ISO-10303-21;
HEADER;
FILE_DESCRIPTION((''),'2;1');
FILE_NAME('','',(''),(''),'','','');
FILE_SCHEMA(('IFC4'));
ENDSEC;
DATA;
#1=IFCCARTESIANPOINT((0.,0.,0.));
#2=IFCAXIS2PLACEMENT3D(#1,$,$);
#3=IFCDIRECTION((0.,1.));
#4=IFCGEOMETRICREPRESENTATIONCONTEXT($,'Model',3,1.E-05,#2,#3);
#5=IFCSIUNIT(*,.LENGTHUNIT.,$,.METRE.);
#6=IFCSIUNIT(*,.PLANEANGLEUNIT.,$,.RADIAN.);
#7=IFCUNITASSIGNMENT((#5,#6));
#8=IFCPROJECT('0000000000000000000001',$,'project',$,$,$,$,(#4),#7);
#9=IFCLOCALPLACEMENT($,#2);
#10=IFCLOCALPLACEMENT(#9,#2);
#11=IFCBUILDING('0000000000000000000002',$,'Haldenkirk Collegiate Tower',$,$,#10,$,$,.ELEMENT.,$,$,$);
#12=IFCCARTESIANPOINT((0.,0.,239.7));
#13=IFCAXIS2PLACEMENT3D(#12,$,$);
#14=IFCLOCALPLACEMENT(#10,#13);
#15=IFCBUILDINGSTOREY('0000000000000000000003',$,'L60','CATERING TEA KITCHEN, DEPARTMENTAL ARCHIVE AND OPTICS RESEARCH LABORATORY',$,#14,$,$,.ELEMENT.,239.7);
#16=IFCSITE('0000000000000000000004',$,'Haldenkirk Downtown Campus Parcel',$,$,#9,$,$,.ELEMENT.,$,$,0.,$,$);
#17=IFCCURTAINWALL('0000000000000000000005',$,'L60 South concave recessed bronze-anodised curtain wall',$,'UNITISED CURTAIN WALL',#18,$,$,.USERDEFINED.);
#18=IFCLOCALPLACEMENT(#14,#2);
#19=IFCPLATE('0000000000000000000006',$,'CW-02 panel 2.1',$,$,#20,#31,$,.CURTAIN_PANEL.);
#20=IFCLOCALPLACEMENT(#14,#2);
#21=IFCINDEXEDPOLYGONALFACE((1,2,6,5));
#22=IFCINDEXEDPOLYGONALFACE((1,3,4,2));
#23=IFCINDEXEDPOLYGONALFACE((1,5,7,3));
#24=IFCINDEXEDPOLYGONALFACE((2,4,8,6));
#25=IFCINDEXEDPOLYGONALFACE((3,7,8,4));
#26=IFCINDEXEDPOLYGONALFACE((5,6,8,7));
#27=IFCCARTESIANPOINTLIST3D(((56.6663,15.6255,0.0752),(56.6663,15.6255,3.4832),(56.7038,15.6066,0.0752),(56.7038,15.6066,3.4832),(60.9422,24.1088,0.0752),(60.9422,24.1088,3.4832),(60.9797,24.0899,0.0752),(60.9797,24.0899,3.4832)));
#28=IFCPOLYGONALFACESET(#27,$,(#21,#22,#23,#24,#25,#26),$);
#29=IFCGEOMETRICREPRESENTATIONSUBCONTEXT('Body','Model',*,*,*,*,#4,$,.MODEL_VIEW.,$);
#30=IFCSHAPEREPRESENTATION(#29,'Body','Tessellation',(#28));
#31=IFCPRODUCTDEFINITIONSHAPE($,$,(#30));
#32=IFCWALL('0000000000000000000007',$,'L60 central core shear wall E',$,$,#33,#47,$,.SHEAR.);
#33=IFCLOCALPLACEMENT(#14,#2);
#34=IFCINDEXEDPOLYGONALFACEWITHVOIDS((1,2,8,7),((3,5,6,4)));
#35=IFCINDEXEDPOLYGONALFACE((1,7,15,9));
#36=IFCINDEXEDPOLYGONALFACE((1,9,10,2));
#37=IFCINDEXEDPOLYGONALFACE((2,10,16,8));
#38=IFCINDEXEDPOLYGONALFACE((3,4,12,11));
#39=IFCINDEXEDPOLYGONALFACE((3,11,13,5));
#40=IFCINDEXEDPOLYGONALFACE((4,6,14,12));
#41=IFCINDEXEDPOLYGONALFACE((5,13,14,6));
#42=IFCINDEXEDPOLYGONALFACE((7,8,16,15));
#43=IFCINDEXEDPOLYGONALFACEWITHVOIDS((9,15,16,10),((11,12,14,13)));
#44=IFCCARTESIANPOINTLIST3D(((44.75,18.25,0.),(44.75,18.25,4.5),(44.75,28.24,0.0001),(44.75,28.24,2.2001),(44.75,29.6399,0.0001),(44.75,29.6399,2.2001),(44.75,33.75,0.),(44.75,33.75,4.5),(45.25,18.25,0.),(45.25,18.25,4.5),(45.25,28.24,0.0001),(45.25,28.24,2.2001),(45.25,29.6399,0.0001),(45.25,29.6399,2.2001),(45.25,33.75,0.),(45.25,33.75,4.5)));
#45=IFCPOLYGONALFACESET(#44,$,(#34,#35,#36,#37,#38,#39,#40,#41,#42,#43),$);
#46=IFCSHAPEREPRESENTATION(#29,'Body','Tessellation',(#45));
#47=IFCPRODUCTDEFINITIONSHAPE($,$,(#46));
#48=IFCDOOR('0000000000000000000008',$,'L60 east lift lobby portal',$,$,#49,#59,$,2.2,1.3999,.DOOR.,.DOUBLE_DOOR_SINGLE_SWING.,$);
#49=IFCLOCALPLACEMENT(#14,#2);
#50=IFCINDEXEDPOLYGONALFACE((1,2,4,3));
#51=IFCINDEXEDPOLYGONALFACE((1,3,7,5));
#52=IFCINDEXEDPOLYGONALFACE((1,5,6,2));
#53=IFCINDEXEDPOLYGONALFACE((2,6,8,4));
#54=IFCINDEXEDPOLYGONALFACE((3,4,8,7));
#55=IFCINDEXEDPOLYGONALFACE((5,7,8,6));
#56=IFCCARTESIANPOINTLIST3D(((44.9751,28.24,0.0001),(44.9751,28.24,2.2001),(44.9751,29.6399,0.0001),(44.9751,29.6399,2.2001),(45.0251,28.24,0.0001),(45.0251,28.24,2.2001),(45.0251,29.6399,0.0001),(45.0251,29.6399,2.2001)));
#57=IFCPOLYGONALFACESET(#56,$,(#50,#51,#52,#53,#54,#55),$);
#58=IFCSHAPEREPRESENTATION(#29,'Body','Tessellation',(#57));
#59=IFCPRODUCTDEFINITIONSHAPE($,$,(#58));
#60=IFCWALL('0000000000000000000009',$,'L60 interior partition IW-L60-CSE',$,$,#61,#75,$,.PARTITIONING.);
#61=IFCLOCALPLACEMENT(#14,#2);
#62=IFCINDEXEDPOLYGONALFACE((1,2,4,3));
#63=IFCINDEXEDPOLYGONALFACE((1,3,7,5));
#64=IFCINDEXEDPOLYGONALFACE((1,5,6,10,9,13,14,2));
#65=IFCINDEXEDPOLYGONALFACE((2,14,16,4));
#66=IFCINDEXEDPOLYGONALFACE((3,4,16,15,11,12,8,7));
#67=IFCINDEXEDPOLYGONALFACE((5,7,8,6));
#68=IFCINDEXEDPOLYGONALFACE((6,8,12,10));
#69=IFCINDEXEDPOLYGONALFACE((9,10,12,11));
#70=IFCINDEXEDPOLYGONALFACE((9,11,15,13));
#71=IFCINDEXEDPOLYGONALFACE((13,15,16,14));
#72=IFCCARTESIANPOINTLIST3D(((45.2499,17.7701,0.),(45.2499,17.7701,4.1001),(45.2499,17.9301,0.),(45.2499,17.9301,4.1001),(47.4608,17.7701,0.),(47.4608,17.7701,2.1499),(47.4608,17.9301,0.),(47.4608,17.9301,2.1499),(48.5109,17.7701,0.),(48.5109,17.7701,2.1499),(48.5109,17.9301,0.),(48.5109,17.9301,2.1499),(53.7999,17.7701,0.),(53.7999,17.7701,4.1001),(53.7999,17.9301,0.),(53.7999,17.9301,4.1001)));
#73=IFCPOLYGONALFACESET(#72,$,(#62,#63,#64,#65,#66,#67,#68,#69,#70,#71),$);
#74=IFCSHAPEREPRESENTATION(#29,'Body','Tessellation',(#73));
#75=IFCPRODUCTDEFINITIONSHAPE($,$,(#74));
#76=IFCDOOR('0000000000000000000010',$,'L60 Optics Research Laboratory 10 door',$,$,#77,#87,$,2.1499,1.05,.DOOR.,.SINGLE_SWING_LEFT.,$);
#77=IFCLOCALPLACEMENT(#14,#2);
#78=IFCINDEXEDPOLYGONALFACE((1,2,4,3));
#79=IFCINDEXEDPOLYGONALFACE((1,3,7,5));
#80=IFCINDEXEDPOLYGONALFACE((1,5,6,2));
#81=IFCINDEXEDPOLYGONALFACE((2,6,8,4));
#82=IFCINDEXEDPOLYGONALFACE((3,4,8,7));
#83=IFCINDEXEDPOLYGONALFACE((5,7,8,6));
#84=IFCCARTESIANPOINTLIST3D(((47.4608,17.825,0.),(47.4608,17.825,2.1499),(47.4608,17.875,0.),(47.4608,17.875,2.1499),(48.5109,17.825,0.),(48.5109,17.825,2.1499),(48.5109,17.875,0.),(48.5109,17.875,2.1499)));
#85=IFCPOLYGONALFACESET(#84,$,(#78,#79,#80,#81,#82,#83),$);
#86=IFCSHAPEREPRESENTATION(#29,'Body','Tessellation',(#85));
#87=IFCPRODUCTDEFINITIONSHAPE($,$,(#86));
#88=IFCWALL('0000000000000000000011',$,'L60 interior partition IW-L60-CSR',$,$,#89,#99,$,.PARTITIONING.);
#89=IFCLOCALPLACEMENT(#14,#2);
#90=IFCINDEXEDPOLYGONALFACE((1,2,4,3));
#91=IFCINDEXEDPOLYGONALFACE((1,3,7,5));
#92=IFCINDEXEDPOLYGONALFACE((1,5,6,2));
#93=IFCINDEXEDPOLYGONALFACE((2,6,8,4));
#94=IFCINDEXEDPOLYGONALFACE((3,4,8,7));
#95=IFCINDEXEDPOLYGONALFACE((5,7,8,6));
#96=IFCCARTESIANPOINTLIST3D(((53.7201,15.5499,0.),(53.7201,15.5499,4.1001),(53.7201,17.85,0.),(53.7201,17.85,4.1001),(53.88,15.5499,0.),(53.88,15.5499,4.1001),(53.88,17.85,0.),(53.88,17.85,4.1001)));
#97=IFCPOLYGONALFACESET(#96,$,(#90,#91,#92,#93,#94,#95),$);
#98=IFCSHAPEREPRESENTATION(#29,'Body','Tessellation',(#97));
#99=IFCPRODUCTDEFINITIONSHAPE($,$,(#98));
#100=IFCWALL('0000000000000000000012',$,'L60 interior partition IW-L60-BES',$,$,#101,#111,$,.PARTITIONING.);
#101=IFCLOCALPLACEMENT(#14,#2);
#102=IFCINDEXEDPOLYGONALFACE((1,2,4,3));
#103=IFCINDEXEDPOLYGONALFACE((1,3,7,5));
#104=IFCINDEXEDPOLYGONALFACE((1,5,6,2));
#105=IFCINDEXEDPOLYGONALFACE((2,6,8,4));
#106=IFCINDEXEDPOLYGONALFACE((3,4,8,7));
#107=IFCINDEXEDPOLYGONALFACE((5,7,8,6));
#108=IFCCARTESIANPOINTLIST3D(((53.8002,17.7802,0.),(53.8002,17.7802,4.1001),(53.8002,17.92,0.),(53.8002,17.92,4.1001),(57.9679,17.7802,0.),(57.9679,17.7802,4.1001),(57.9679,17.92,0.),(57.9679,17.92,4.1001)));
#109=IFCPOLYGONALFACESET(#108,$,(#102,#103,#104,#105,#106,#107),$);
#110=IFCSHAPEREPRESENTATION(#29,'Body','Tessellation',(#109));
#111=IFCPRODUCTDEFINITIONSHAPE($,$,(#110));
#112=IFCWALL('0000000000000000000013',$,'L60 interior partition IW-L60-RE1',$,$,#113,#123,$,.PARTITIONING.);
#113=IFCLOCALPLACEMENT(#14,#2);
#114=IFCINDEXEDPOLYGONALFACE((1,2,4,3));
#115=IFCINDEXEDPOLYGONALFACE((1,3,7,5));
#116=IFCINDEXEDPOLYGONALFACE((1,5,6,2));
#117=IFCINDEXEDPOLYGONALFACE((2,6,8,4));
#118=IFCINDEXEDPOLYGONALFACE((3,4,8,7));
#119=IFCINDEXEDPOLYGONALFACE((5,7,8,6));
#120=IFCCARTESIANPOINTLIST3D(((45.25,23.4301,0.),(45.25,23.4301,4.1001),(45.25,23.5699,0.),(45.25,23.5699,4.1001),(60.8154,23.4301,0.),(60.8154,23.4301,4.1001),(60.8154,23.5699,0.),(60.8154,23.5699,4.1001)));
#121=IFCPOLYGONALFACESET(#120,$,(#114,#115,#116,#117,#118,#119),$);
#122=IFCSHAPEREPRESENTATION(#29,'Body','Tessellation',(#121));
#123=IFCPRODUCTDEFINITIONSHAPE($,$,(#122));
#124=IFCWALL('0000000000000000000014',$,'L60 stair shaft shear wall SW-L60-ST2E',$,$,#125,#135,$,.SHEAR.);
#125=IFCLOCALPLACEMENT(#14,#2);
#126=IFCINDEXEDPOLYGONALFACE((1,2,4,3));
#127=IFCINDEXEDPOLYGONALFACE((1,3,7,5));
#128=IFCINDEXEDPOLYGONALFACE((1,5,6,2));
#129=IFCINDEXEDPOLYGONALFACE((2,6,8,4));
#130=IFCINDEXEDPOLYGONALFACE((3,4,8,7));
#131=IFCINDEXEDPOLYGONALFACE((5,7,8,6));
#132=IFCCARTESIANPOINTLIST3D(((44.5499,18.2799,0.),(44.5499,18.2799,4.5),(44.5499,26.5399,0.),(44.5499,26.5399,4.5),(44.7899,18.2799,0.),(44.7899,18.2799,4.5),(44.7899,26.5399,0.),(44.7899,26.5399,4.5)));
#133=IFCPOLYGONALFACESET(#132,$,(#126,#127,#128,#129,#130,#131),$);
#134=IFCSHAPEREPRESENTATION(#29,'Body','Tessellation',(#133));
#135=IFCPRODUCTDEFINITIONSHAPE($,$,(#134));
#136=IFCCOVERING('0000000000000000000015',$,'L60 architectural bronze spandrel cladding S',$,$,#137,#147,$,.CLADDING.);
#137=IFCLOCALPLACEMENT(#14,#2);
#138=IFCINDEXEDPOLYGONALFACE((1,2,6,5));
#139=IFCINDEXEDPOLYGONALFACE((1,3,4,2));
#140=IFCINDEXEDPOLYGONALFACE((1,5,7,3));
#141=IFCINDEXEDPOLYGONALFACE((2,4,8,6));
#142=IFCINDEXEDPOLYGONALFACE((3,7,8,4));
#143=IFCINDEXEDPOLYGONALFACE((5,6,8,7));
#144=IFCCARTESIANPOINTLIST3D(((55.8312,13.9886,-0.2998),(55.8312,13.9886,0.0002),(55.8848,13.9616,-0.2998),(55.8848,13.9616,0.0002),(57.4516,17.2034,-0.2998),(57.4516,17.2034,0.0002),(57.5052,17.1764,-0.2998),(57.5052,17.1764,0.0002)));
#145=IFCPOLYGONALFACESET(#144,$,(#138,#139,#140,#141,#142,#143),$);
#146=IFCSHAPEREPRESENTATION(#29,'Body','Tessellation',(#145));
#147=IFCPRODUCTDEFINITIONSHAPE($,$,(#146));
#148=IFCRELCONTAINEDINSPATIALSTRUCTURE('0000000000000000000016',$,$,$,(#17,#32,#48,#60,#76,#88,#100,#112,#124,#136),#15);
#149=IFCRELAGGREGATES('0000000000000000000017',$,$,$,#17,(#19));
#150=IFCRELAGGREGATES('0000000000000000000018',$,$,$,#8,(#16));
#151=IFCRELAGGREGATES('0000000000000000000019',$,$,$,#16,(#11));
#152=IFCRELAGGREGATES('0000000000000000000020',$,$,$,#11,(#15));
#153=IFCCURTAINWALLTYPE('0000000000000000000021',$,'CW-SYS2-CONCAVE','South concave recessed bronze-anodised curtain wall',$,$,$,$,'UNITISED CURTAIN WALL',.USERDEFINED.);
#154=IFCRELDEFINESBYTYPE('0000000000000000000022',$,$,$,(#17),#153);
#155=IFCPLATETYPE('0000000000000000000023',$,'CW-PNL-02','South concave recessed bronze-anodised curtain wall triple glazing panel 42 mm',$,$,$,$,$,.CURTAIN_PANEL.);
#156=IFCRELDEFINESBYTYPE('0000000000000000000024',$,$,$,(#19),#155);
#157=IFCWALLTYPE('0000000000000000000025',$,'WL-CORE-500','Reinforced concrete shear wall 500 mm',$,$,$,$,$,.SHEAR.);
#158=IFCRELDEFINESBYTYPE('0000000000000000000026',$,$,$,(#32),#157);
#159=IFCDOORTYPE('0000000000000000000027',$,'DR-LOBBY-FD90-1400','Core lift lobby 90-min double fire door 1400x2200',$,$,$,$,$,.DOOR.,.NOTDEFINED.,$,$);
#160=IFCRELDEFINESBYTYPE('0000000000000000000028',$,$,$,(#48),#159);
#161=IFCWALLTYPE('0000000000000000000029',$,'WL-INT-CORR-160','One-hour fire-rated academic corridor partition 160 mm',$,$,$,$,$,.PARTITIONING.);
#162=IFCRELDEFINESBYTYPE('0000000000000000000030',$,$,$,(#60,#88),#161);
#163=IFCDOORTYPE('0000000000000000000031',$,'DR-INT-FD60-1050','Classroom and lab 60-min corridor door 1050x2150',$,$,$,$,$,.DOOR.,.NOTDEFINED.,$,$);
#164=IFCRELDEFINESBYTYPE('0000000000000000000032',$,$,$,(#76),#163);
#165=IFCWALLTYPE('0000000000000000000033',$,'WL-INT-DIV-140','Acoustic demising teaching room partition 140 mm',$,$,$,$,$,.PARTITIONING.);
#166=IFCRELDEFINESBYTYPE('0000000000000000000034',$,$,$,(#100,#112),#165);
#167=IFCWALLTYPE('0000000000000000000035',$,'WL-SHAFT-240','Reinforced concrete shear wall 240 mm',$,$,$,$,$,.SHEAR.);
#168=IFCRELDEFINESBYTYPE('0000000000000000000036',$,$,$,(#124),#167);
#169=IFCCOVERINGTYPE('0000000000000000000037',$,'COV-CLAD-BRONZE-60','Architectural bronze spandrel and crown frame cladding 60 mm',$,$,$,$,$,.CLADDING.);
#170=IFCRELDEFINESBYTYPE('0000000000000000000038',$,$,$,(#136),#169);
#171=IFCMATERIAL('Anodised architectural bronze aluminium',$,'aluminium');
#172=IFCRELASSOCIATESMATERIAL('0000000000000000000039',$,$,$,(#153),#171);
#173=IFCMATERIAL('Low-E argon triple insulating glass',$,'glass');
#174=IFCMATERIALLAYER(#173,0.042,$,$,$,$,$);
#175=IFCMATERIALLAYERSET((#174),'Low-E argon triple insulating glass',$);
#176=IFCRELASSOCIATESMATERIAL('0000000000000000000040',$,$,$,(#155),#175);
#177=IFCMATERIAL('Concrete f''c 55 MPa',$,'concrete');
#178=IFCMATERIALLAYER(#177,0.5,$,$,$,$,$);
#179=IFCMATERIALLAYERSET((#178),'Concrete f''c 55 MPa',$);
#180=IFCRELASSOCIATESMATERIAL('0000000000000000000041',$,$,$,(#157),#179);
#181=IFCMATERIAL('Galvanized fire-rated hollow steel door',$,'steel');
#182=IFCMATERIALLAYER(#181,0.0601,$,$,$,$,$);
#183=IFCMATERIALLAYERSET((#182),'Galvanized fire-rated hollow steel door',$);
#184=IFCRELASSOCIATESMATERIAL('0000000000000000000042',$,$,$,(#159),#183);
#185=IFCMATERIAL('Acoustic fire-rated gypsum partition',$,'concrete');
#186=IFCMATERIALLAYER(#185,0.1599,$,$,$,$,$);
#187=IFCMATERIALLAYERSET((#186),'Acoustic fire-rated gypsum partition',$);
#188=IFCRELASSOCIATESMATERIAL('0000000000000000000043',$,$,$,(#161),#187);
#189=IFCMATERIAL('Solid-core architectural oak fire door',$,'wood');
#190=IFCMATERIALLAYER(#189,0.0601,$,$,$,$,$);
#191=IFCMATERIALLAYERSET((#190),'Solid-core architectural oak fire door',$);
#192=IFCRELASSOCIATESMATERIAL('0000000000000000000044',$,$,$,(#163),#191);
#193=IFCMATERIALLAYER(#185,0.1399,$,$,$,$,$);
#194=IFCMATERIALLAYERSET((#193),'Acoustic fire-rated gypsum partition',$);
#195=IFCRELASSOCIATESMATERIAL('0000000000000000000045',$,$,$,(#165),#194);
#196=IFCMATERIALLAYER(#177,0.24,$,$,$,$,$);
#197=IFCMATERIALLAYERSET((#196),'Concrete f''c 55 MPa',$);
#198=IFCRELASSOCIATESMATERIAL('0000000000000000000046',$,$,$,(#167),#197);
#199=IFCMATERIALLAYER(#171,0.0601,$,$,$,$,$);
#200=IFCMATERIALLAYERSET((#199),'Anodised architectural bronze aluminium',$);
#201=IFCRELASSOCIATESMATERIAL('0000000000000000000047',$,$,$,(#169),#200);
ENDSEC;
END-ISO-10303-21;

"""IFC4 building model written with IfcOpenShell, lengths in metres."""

from ifc_helpers import new_model, si_unit, direction, frame, frame_2d, origin, origin_2d, place, context, subcontext, project, spatial, rectangle, extrude, source, transform, mapped, material, layer, layer_set, type_object, element, fill, aggregate, save


model = new_model("IFC4")

# Units and contexts
model_context = context("Model", 3, precision=1e-05, world=origin(), true_north=direction((0.0, 1.0)))
body_context = subcontext(model_context, "Body", "Model", "MODEL_VIEW")
ifc_project = project(units=[si_unit("LENGTHUNIT", "METRE"), si_unit("PLANEANGLEUNIT", "RADIAN")], contexts=[model_context])

# Site, building, storey
site_placement = place(None, origin())
site = spatial("IfcSite", under=ifc_project, at=site_placement, Name="Haldenkirk Downtown Campus Parcel", CompositionType="ELEMENT", RefElevation=0.0)
building_placement = place(site_placement, origin())
building = spatial("IfcBuilding", under=site, at=building_placement, Name="Haldenkirk Collegiate Tower", CompositionType="ELEMENT")
storey_placement = place(building_placement, frame((0.0, 0.0, 239.7)))
storey = spatial("IfcBuildingStorey", under=building, at=storey_placement, Name="L60", Description="CATERING TEA KITCHEN, DEPARTMENTAL ARCHIVE AND OPTICS RESEARCH LABORATORY", CompositionType="ELEMENT", Elevation=239.7)

# Curtain wall, plate
ifc_material_1 = material(Name="Anodised architectural bronze aluminium", Category="aluminium")
curtain_wall_type = type_object("IfcCurtainWallType", Name="CW-SYS2-CONCAVE", Description="South concave recessed bronze-anodised curtain wall", ElementType="UNITISED CURTAIN WALL", PredefinedType="USERDEFINED", material=ifc_material_1)
curtain_wall_placement = place(storey_placement, origin())
curtain_wall = element("IfcCurtainWall", 1, at=curtain_wall_placement, inside=storey, type_object=curtain_wall_type, Name="L60 South concave recessed bronze-anodised curtain wall", ObjectType="UNITISED CURTAIN WALL", PredefinedType="USERDEFINED")
ifc_material_2 = material(Name="Low-E argon triple insulating glass", Category="glass")
ifc_layer_1 = layer(ifc_material_2, 0.042)
ifc_layer_set_1 = layer_set([ifc_layer_1], Name="Low-E argon triple insulating glass")
plate_type = type_object("IfcPlateType", Name="CW-PNL-02", Description="South concave recessed bronze-anodised curtain wall triple glazing panel 42 mm", PredefinedType="CURTAIN_PANEL", material=ifc_layer_set_1)
shared_shape_1 = source(origin(), body_context, "Body", "SweptSolid", [
    extrude(rectangle(XDim=9.5, YDim=0.042, at=origin_2d()), origin(), (0.0, 0.0, 1.0), 3.408),
])
plate_placement = place(storey_placement, frame((58.823, 19.8577, 0.0752), z_axis=(0.0, 0.0, 1.0), x_axis=(-0.450097, -0.89298, 0.0)))
plate = element("IfcPlate", 2, at=plate_placement, type_object=plate_type, Name="CW-02 panel 2.1", PredefinedType="CURTAIN_PANEL", context=body_context, shape_type="MappedRepresentation", body=[
    mapped(shared_shape_1, transform((0.0, 0.0, 0.0), x_axis=(1.0, 0.0, 0.0), y_axis=(0.0, 1.0, 0.0), z_axis=(0.0, 0.0, 1.0), scale=1.0)),
])
aggregate(curtain_wall, [plate])

# Walls, openings, doors
ifc_material_3 = material(Name="Concrete f'c 55 MPa", Category="concrete")
ifc_layer_2 = layer(ifc_material_3, 0.5)
ifc_layer_set_2 = layer_set([ifc_layer_2], Name="Concrete f'c 55 MPa")
wall_type_1 = type_object("IfcWallType", Name="WL-CORE-500", Description="Reinforced concrete shear wall 500 mm", PredefinedType="SHEAR", material=ifc_layer_set_2)
wall_1_placement = place(storey_placement, frame((45.0, 18.25, 0.0), z_axis=(0.0, 0.0, 1.0), x_axis=(0.0, 1.0, 0.0)))
wall_1 = element("IfcWall", 3, at=wall_1_placement, inside=storey, type_object=wall_type_1, Name="L60 central core shear wall E", PredefinedType="SHEAR", context=body_context, shape_type="SweptSolid", body=[
    extrude(rectangle(XDim=15.5, YDim=0.5, at=frame_2d((7.75, 0.0))), origin(), (0.0, 0.0, 1.0), 4.5),
])
opening_1_placement = place(wall_1_placement, frame((9.99, 0.0, 0.0)))
opening_1 = element("IfcOpeningElement", 4, at=opening_1_placement, cuts=wall_1, PredefinedType="OPENING", context=body_context, shape_type="SweptSolid", body=[
    extrude(rectangle(XDim=1.3999, YDim=2.2, at=frame_2d((0.7, 1.1001))), frame((0.0, 0.26, 0.0), z_axis=(0.0, -1.0, 0.0), x_axis=(1.0, 0.0, 0.0)), (0.0, 0.0, 1.0), 0.52),
])
ifc_material_4 = material(Name="Galvanized fire-rated hollow steel door", Category="steel")
ifc_layer_3 = layer(ifc_material_4, 0.0601)
ifc_layer_set_3 = layer_set([ifc_layer_3], Name="Galvanized fire-rated hollow steel door")
door_type_1 = type_object("IfcDoorType", Name="DR-LOBBY-FD90-1400", Description="Core lift lobby 90-min double fire door 1400x2200", OperationType="NOTDEFINED", PredefinedType="DOOR", material=ifc_layer_set_3)
door_1_placement = place(opening_1_placement, origin())
door_1 = element("IfcDoor", 5, at=door_1_placement, inside=storey, type_object=door_type_1, Name="L60 east lift lobby portal", OperationType="DOUBLE_DOOR_SINGLE_SWING", OverallHeight=2.2, OverallWidth=1.3999, PredefinedType="DOOR", context=body_context, shape_type="SweptSolid", body=[
    extrude(rectangle(XDim=1.3999, YDim=2.2, at=frame_2d((0.7, 1.1001))), frame((0.0, 0.0249, 0.0), z_axis=(0.0, -1.0, 0.0), x_axis=(1.0, 0.0, 0.0)), (0.0, 0.0, 1.0), 0.05),
])
fill(opening_1, door_1)
ifc_material_5 = material(Name="Acoustic fire-rated gypsum partition", Category="concrete")
ifc_layer_4 = layer(ifc_material_5, 0.1599)
ifc_layer_set_4 = layer_set([ifc_layer_4], Name="Acoustic fire-rated gypsum partition")
wall_type_2 = type_object("IfcWallType", Name="WL-INT-CORR-160", Description="One-hour fire-rated academic corridor partition 160 mm", PredefinedType="PARTITIONING", material=ifc_layer_set_4)
wall_2_placement = place(storey_placement, frame((45.25, 17.8501, 0.0), z_axis=(0.0, 0.0, 1.0), x_axis=(1.0, 0.0, 0.0)))
wall_2 = element("IfcWall", 6, at=wall_2_placement, inside=storey, type_object=wall_type_2, Name="L60 interior partition IW-L60-CSE", PredefinedType="PARTITIONING", context=body_context, shape_type="SweptSolid", body=[
    extrude(rectangle(XDim=8.55, YDim=0.1599, at=frame_2d((4.2749, 0.0))), origin(), (0.0, 0.0, 1.0), 4.1001),
])
opening_2_placement = place(wall_2_placement, frame((2.2109, 0.0, 0.0)))
opening_2 = element("IfcOpeningElement", 7, at=opening_2_placement, cuts=wall_2, PredefinedType="OPENING", context=body_context, shape_type="SweptSolid", body=[
    extrude(rectangle(XDim=1.05, YDim=2.1499, at=frame_2d((0.5249, 1.075))), frame((0.0, 0.0898, 0.0), z_axis=(0.0, -1.0, 0.0), x_axis=(1.0, 0.0, 0.0)), (0.0, 0.0, 1.0), 0.1799),
])
ifc_material_6 = material(Name="Solid-core architectural oak fire door", Category="wood")
ifc_layer_5 = layer(ifc_material_6, 0.0601)
ifc_layer_set_5 = layer_set([ifc_layer_5], Name="Solid-core architectural oak fire door")
door_type_2 = type_object("IfcDoorType", Name="DR-INT-FD60-1050", Description="Classroom and lab 60-min corridor door 1050x2150", OperationType="NOTDEFINED", PredefinedType="DOOR", material=ifc_layer_set_5)
door_2_placement = place(opening_2_placement, origin())
door_2 = element("IfcDoor", 8, at=door_2_placement, inside=storey, type_object=door_type_2, Name="L60 Optics Research Laboratory 10 door", OperationType="SINGLE_SWING_LEFT", OverallHeight=2.1499, OverallWidth=1.05, PredefinedType="DOOR", context=body_context, shape_type="SweptSolid", body=[
    extrude(rectangle(XDim=1.05, YDim=2.1499, at=frame_2d((0.5249, 1.075))), frame((0.0, 0.0249, 0.0), z_axis=(0.0, -1.0, 0.0), x_axis=(1.0, 0.0, 0.0)), (0.0, 0.0, 1.0), 0.05),
])
fill(opening_2, door_2)

# Walls
wall_3_placement = place(storey_placement, frame((53.8, 15.55, 0.0), z_axis=(0.0, 0.0, 1.0), x_axis=(0.0, 1.0, 0.0)))
element("IfcWall", 9, at=wall_3_placement, inside=storey, type_object=wall_type_2, Name="L60 interior partition IW-L60-CSR", PredefinedType="PARTITIONING", context=body_context, shape_type="SweptSolid", body=[
    extrude(rectangle(XDim=2.3, YDim=0.1599, at=frame_2d((1.1499, 0.0))), origin(), (0.0, 0.0, 1.0), 4.1001),
])
ifc_layer_6 = layer(ifc_material_5, 0.1399)
ifc_layer_set_6 = layer_set([ifc_layer_6], Name="Acoustic fire-rated gypsum partition")
wall_type_3 = type_object("IfcWallType", Name="WL-INT-DIV-140", Description="Acoustic demising teaching room partition 140 mm", PredefinedType="PARTITIONING", material=ifc_layer_set_6)
wall_4_placement = place(storey_placement, frame((53.8, 17.8501, 0.0), z_axis=(0.0, 0.0, 1.0), x_axis=(1.0, 0.0, 0.0)))
element("IfcWall", 10, at=wall_4_placement, inside=storey, type_object=wall_type_3, Name="L60 interior partition IW-L60-BES", PredefinedType="PARTITIONING", context=body_context, shape_type="SweptSolid", body=[
    extrude(rectangle(XDim=4.1677, YDim=0.1399, at=frame_2d((2.084, 0.0))), origin(), (0.0, 0.0, 1.0), 4.1001),
])
wall_5_placement = place(storey_placement, frame((45.25, 23.5, 0.0), z_axis=(0.0, 0.0, 1.0), x_axis=(1.0, 0.0, 0.0)))
element("IfcWall", 11, at=wall_5_placement, inside=storey, type_object=wall_type_3, Name="L60 interior partition IW-L60-RE1", PredefinedType="PARTITIONING", context=body_context, shape_type="SweptSolid", body=[
    extrude(rectangle(XDim=15.5654, YDim=0.1399, at=frame_2d((7.7827, 0.0))), origin(), (0.0, 0.0, 1.0), 4.1001),
])
ifc_layer_7 = layer(ifc_material_3, 0.24)
ifc_layer_set_7 = layer_set([ifc_layer_7], Name="Concrete f'c 55 MPa")
wall_type_4 = type_object("IfcWallType", Name="WL-SHAFT-240", Description="Reinforced concrete shear wall 240 mm", PredefinedType="SHEAR", material=ifc_layer_set_7)
wall_6_placement = place(storey_placement, frame((44.6699, 18.28, 0.0), z_axis=(0.0, 0.0, 1.0), x_axis=(0.0, 1.0, 0.0)))
element("IfcWall", 12, at=wall_6_placement, inside=storey, type_object=wall_type_4, Name="L60 stair shaft shear wall SW-L60-ST2E", PredefinedType="SHEAR", context=body_context, shape_type="SweptSolid", body=[
    extrude(rectangle(XDim=8.26, YDim=0.24, at=frame_2d((4.1299, 0.0))), origin(), (0.0, 0.0, 1.0), 4.5),
])

# Covering
ifc_layer_8 = layer(ifc_material_1, 0.0601)
ifc_layer_set_8 = layer_set([ifc_layer_8], Name="Anodised architectural bronze aluminium")
covering_type = type_object("IfcCoveringType", Name="COV-CLAD-BRONZE-60", Description="Architectural bronze spandrel and crown frame cladding 60 mm", PredefinedType="CLADDING", material=ifc_layer_set_8)
shared_shape_2 = source(origin(), body_context, "Body", "SweptSolid", [
    extrude(rectangle(XDim=3.6001, YDim=0.0601, at=origin_2d()), origin(), (0.0, 0.0, 1.0), 0.3),
])
covering_placement = place(storey_placement, frame((56.6682, 15.5825, -0.2998), z_axis=(0.0, 0.0, 1.0), x_axis=(-0.450098, -0.892979, 0.0)))
element("IfcCovering", 13, at=covering_placement, inside=storey, type_object=covering_type, Name="L60 architectural bronze spandrel cladding S", PredefinedType="CLADDING", context=body_context, shape_type="MappedRepresentation", body=[
    mapped(shared_shape_2, transform((0.0, 0.0, 0.0), x_axis=(1.0, 0.0, 0.0), y_axis=(0.0, 1.0, 0.0), z_axis=(0.0, 0.0, 1.0), scale=1.0)),
])

save(model, "model.ifc")
